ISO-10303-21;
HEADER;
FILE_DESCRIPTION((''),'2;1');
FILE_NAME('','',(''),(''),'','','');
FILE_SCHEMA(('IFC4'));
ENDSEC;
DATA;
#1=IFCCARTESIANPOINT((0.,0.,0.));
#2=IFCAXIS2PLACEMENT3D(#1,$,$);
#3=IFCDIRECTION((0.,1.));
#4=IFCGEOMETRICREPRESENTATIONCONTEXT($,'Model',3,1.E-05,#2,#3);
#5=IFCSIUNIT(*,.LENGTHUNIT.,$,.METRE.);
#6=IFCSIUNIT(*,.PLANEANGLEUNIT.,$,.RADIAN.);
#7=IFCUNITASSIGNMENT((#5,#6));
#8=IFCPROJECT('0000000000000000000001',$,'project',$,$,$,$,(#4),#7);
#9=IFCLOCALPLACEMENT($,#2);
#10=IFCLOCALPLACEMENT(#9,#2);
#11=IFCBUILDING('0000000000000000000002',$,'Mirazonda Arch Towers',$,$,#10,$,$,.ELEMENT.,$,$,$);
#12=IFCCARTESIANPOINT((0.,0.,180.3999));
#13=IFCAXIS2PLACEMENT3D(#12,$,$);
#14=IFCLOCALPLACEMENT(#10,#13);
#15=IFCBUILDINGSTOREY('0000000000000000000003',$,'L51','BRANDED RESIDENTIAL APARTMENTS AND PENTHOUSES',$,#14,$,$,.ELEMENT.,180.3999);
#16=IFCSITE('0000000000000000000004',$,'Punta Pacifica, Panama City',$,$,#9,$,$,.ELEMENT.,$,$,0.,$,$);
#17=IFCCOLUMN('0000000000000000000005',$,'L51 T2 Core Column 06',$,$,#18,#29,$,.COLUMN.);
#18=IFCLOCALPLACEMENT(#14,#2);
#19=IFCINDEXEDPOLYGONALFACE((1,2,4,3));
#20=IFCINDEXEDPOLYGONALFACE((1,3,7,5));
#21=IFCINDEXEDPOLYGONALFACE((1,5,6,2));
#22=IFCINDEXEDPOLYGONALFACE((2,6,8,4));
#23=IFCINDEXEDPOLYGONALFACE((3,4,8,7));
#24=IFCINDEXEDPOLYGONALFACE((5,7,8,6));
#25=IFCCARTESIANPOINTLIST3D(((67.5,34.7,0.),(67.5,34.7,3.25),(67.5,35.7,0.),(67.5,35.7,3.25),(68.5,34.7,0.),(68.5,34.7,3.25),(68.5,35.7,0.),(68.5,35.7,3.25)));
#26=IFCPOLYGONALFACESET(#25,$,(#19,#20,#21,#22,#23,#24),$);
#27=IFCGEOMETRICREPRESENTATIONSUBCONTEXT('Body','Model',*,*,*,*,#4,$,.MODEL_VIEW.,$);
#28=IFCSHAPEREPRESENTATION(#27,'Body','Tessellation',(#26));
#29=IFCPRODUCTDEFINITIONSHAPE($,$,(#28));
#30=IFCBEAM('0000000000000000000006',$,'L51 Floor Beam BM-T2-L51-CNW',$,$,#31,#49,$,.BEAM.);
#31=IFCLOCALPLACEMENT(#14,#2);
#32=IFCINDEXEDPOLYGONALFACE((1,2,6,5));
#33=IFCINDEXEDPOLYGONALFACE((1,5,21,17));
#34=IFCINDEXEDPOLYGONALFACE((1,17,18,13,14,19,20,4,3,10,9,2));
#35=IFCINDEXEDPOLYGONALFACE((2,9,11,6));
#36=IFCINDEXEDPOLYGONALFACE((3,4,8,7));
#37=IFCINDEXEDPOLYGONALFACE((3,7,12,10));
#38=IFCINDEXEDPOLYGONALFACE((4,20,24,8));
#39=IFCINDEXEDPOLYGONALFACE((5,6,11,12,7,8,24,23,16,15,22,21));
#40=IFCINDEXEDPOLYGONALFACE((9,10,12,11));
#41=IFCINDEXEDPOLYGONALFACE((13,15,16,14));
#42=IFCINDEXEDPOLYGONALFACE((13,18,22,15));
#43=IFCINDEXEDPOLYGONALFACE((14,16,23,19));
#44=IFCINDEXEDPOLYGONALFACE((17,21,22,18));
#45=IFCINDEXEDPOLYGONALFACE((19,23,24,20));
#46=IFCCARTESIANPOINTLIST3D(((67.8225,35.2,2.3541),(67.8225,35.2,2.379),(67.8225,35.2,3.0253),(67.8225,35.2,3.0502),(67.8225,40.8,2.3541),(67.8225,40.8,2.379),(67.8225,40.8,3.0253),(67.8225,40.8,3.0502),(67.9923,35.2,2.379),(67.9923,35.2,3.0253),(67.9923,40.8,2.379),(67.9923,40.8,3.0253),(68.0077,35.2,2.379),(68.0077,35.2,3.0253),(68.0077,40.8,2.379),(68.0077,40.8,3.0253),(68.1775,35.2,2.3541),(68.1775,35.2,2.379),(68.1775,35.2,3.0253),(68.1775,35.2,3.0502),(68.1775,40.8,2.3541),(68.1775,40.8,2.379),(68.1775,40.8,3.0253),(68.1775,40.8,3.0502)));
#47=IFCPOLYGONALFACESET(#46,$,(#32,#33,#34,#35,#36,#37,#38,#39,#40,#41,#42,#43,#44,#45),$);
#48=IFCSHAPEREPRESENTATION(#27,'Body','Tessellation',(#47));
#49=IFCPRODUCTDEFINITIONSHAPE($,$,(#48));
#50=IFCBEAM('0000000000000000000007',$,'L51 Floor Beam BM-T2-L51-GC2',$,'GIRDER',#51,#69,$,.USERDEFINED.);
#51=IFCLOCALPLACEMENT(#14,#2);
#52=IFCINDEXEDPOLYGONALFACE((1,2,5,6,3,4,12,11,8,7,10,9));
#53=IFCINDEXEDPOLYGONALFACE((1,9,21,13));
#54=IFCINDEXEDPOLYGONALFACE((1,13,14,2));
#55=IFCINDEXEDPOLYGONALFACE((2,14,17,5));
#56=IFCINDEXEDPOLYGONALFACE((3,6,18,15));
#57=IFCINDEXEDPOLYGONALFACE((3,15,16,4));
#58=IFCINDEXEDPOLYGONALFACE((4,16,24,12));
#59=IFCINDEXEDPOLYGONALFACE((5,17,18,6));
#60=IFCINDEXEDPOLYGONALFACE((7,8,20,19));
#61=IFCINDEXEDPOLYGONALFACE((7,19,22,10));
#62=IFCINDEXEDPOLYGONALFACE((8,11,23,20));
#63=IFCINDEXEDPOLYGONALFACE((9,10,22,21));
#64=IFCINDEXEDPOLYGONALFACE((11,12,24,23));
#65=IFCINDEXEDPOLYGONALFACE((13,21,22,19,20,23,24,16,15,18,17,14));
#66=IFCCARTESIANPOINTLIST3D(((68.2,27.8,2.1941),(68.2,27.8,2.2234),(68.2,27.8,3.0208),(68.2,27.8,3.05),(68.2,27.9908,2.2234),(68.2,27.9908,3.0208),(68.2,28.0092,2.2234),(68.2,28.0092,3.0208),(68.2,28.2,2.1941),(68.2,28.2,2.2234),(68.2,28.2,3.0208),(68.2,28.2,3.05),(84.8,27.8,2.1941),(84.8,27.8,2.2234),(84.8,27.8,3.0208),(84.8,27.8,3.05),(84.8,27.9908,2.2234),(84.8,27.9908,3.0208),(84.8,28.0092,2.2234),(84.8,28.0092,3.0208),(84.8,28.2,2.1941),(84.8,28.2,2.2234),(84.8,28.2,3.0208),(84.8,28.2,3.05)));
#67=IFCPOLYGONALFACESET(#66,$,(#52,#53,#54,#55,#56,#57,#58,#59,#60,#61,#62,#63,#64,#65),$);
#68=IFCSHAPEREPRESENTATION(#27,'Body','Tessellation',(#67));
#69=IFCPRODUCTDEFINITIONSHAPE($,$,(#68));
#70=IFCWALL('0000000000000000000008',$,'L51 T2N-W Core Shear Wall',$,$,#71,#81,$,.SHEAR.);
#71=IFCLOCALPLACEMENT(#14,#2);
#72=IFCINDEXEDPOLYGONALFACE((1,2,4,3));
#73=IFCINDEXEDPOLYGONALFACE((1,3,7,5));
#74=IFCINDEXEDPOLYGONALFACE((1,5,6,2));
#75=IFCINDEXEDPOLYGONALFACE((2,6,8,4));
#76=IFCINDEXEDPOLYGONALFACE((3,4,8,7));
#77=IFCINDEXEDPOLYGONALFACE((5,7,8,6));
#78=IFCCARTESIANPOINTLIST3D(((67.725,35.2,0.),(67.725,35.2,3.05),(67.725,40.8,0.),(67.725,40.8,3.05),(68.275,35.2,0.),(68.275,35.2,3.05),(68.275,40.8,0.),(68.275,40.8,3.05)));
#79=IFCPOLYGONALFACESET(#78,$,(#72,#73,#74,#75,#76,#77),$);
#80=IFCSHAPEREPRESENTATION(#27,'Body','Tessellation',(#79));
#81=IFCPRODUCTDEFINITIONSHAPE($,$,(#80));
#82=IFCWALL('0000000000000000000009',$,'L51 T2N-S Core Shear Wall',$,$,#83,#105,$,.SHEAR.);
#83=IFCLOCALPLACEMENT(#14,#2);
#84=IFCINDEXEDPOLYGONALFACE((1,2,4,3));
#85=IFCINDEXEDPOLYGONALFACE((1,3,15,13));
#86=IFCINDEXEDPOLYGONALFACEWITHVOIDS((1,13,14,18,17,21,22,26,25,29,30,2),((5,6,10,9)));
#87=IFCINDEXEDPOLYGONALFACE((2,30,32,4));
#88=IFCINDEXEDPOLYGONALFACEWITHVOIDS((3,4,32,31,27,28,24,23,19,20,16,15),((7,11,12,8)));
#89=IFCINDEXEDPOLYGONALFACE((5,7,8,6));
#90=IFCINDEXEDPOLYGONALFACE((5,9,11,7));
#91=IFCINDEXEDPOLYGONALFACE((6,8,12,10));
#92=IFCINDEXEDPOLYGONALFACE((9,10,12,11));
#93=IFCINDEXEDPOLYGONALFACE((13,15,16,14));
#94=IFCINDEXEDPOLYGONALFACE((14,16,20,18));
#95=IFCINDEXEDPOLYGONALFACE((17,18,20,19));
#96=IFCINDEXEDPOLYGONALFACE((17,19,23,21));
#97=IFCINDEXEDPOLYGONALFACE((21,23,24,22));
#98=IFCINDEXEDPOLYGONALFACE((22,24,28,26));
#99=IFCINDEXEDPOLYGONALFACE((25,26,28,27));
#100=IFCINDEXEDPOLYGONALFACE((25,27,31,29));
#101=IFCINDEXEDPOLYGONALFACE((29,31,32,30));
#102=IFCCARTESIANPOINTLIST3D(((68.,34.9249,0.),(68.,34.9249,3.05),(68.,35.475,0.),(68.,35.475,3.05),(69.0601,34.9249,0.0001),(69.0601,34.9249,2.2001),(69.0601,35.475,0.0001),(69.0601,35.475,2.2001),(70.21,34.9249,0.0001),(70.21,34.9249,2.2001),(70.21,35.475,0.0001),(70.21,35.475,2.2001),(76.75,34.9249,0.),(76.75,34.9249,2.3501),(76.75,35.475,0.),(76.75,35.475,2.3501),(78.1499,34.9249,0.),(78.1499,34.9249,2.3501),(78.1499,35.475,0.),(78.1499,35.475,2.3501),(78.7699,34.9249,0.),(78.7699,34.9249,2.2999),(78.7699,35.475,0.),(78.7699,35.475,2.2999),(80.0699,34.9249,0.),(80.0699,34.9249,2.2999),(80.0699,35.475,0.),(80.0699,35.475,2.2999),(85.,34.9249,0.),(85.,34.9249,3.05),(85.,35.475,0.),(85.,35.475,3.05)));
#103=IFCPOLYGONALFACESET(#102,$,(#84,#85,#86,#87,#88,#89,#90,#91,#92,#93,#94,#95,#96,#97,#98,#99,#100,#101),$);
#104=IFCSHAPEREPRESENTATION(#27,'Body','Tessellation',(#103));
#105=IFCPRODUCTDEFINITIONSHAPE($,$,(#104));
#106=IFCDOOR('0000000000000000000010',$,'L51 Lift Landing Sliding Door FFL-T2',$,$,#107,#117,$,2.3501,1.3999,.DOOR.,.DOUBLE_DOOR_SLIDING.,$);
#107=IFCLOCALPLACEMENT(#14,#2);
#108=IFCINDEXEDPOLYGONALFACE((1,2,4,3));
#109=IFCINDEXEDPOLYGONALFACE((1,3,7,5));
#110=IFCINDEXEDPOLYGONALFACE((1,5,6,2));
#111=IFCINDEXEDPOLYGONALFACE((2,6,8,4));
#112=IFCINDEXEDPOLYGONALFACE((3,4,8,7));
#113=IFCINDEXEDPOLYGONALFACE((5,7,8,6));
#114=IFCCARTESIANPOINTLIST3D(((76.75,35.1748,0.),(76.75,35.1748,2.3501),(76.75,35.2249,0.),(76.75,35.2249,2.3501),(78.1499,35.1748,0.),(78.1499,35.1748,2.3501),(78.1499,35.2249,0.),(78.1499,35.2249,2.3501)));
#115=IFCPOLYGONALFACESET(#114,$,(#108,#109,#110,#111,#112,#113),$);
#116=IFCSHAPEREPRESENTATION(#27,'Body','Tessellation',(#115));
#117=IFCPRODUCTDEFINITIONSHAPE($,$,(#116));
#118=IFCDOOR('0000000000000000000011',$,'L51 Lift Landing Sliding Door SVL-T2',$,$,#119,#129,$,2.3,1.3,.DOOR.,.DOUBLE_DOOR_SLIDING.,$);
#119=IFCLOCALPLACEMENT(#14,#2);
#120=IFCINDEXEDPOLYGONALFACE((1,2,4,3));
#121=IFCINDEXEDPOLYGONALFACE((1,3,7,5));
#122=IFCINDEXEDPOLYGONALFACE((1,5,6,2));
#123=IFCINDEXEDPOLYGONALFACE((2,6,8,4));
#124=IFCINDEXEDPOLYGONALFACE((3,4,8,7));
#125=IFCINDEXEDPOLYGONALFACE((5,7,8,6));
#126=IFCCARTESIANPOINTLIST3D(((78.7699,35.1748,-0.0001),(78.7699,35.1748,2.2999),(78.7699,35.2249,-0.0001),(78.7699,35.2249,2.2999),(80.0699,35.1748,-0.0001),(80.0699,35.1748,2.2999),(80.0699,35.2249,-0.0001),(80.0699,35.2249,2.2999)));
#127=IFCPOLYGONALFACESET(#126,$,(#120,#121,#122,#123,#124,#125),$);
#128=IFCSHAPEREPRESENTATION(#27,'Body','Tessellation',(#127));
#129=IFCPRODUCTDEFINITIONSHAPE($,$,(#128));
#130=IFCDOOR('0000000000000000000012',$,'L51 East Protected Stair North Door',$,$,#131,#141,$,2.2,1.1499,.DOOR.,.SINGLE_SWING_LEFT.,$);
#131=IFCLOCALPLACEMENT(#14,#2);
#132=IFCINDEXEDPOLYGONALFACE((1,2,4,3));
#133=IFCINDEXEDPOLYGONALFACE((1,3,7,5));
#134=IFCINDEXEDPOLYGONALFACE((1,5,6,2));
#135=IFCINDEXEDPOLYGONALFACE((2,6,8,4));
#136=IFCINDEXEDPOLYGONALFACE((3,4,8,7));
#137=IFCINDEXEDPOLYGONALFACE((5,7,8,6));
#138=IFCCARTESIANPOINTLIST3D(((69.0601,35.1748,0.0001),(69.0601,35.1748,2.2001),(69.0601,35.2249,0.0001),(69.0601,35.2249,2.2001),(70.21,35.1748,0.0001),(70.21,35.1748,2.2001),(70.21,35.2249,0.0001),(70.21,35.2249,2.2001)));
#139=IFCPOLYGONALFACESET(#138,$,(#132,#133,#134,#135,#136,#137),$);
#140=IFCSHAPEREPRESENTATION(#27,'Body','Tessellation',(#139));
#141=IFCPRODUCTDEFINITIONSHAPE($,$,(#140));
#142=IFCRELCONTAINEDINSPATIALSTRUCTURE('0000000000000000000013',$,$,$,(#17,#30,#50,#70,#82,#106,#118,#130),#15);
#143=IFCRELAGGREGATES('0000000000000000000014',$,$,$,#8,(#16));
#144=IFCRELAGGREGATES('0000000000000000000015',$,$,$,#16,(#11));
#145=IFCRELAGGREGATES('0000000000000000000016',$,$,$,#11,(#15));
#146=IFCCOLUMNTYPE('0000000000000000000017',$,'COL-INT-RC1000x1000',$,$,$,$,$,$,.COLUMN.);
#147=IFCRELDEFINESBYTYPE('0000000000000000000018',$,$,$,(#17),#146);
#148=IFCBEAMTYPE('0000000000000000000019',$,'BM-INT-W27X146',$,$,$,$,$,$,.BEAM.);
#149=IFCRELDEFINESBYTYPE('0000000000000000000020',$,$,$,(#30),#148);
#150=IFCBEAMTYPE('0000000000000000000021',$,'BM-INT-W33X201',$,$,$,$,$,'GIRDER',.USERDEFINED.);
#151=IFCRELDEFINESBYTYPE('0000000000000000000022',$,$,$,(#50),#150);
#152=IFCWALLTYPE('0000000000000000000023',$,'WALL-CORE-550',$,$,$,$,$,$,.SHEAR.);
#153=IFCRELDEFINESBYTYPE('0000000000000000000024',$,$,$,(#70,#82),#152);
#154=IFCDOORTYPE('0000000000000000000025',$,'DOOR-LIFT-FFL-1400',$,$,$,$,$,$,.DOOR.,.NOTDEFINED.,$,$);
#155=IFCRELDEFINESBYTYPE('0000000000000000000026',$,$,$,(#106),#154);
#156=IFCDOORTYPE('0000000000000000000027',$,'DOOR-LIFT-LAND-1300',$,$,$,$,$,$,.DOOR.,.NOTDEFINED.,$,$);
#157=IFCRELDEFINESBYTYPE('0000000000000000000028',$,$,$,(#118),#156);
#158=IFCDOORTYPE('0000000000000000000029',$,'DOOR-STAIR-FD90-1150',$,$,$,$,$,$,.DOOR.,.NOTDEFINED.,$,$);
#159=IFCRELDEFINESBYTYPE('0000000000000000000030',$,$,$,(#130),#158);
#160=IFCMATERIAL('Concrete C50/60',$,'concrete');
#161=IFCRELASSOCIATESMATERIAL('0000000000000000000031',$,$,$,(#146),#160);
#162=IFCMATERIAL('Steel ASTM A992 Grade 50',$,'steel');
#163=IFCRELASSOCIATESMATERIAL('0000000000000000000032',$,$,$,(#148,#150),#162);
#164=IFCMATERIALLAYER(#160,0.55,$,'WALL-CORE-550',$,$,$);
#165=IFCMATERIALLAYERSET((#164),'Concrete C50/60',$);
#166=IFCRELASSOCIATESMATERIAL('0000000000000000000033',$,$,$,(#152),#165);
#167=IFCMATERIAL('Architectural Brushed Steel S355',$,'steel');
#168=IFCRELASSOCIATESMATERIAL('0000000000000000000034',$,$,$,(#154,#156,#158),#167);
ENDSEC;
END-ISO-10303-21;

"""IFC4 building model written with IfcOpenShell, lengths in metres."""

from ifc_helpers import new_model, si_unit, direction, frame, frame_2d, origin, origin_2d, place, context, subcontext, project, spatial, rectangle, i_section, extrude, material, layer, layer_set, material_profile, profile_set, type_object, element, fill, save


model = new_model("IFC4")

# Units and contexts
model_context = context("Model", 3, precision=1e-05, world=origin(), true_north=direction((0.0, 1.0)))
body_context = subcontext(model_context, "Body", "Model", "MODEL_VIEW")
ifc_project = project(units=[si_unit("LENGTHUNIT", "METRE"), si_unit("PLANEANGLEUNIT", "RADIAN")], contexts=[model_context])

# Site, building, storey
site_placement = place(None, origin())
site = spatial("IfcSite", under=ifc_project, at=site_placement, Name="Punta Pacifica, Panama City", CompositionType="ELEMENT", RefElevation=0.0)
building_placement = place(site_placement, origin())
building = spatial("IfcBuilding", under=site, at=building_placement, Name="Mirazonda Arch Towers", CompositionType="ELEMENT")
storey_placement = place(building_placement, frame((0.0, 0.0, 180.3999)))
storey = spatial("IfcBuildingStorey", under=building, at=storey_placement, Name="L51", Description="BRANDED RESIDENTIAL APARTMENTS AND PENTHOUSES", CompositionType="ELEMENT", Elevation=180.3999)

# Column
ifc_material_1 = material(Name="Concrete C50/60", Category="concrete")
ifc_material_profile_1 = material_profile(ifc_material_1, rectangle(XDim=1.0, YDim=1.0, at=origin_2d()), Name="RC1000x1000")
ifc_profile_set_1 = profile_set([ifc_material_profile_1], Name="Concrete C50/60")
column_type = type_object("IfcColumnType", Name="COL-INT-RC1000x1000", PredefinedType="COLUMN", material=ifc_profile_set_1)
column_placement = place(storey_placement, frame((68.0, 35.2, 0.0), z_axis=(0.0, 0.0, 1.0), x_axis=(1.0, 0.0, 0.0)))
element("IfcColumn", 1, at=column_placement, inside=storey, type_object=column_type, Name="L51 T2 Core Column 06", PredefinedType="COLUMN", context=body_context, shape_type="SweptSolid", body=[
    extrude(rectangle(XDim=1.0, YDim=1.0, at=origin_2d()), origin(), (0.0, 0.0, 1.0), 3.25),
])

# Beams
ifc_material_2 = material(Name="Steel ASTM A992 Grade 50", Category="steel")
ifc_material_profile_2 = material_profile(ifc_material_2, i_section(OverallWidth=0.355, OverallDepth=0.696, WebThickness=0.0154, FlangeThickness=0.0249, at=origin_2d()), Name="W27X146")
ifc_profile_set_2 = profile_set([ifc_material_profile_2], Name="Steel ASTM A992 Grade 50")
beam_type_1 = type_object("IfcBeamType", Name="BM-INT-W27X146", PredefinedType="BEAM", material=ifc_profile_set_2)
beam_1_placement = place(storey_placement, frame((68.0, 35.2, 2.7021), z_axis=(0.0, 1.0, 0.0), x_axis=(-1.0, 0.0, 0.0)))
element("IfcBeam", 2, at=beam_1_placement, inside=storey, type_object=beam_type_1, Name="L51 Floor Beam BM-T2-L51-CNW", PredefinedType="BEAM", context=body_context, shape_type="SweptSolid", body=[
    extrude(i_section(OverallWidth=0.355, OverallDepth=0.696, WebThickness=0.0154, FlangeThickness=0.0249, at=origin_2d()), origin(), (0.0, 0.0, 1.0), 5.6001),
])
ifc_material_profile_3 = material_profile(ifc_material_2, i_section(OverallWidth=0.3999, OverallDepth=0.856, WebThickness=0.0183, FlangeThickness=0.0293, at=origin_2d()), Name="W33X201")
ifc_profile_set_3 = profile_set([ifc_material_profile_3], Name="Steel ASTM A992 Grade 50")
beam_type_2 = type_object("IfcBeamType", Name="BM-INT-W33X201", ElementType="GIRDER", PredefinedType="USERDEFINED", material=ifc_profile_set_3)
beam_2_placement = place(storey_placement, frame((68.2, 28.0, 2.6221), z_axis=(1.0, 0.0, 0.0), x_axis=(0.0, 1.0, 0.0)))
element("IfcBeam", 3, at=beam_2_placement, inside=storey, type_object=beam_type_2, Name="L51 Floor Beam BM-T2-L51-GC2", ObjectType="GIRDER", PredefinedType="USERDEFINED", context=body_context, shape_type="SweptSolid", body=[
    extrude(i_section(OverallWidth=0.3999, OverallDepth=0.856, WebThickness=0.0183, FlangeThickness=0.0293, at=origin_2d()), origin(), (0.0, 0.0, 1.0), 16.6001),
])

# Wall
ifc_layer_1 = layer(ifc_material_1, 0.55, Name="WALL-CORE-550")
ifc_layer_set_1 = layer_set([ifc_layer_1], Name="Concrete C50/60")
wall_type_1 = type_object("IfcWallType", Name="WALL-CORE-550", PredefinedType="SHEAR", material=ifc_layer_set_1)
wall_1_placement = place(storey_placement, frame((68.0, 35.2, 0.0), z_axis=(0.0, 0.0, 1.0), x_axis=(0.0, 1.0, 0.0)))
element("IfcWall", 4, at=wall_1_placement, inside=storey, type_object=wall_type_1, Name="L51 T2N-W Core Shear Wall", PredefinedType="SHEAR", context=body_context, shape_type="SweptSolid", body=[
    extrude(rectangle(XDim=5.6001, YDim=0.55, at=frame_2d((2.8, 0.0))), origin(), (0.0, 0.0, 1.0), 3.05),
])

# Wall, openings, doors
wall_2_placement = place(storey_placement, frame((68.0, 35.2, 0.0), z_axis=(0.0, 0.0, 1.0), x_axis=(1.0, 0.0, 0.0)))
wall_2 = element("IfcWall", 5, at=wall_2_placement, inside=storey, type_object=wall_type_1, Name="L51 T2N-S Core Shear Wall", PredefinedType="SHEAR", context=body_context, shape_type="SweptSolid", body=[
    extrude(rectangle(XDim=17.0, YDim=0.55, at=frame_2d((8.5, 0.0))), origin(), (0.0, 0.0, 1.0), 3.05),
])
opening_1_placement = place(wall_2_placement, frame((1.0601, 0.0, 0.0)))
opening_1 = element("IfcOpeningElement", 6, at=opening_1_placement, cuts=wall_2, PredefinedType="OPENING", context=body_context, shape_type="SweptSolid", body=[
    extrude(rectangle(XDim=1.1499, YDim=2.2, at=frame_2d((0.575, 1.1001))), frame((0.0, 0.2849, 0.0), z_axis=(0.0, -1.0, 0.0), x_axis=(1.0, 0.0, 0.0)), (0.0, 0.0, 1.0), 0.5701),
])
opening_2_placement = place(wall_2_placement, frame((8.75, 0.0, 0.0)))
opening_2 = element("IfcOpeningElement", 7, at=opening_2_placement, cuts=wall_2, PredefinedType="OPENING", context=body_context, shape_type="SweptSolid", body=[
    extrude(rectangle(XDim=1.3999, YDim=2.3501, at=frame_2d((0.7, 1.175))), frame((0.0, 0.2849, 0.0), z_axis=(0.0, -1.0, 0.0), x_axis=(1.0, 0.0, 0.0)), (0.0, 0.0, 1.0), 0.5701),
])
opening_3_placement = place(wall_2_placement, frame((10.77, 0.0, 0.0)))
opening_3 = element("IfcOpeningElement", 8, at=opening_3_placement, cuts=wall_2, PredefinedType="OPENING", context=body_context, shape_type="SweptSolid", body=[
    extrude(rectangle(XDim=1.3, YDim=2.3, at=frame_2d((0.6499, 1.1499))), frame((0.0, 0.2849, 0.0), z_axis=(0.0, -1.0, 0.0), x_axis=(1.0, 0.0, 0.0)), (0.0, 0.0, 1.0), 0.5701),
])
ifc_material_3 = material(Name="Architectural Brushed Steel S355", Category="steel")
door_type_1 = type_object("IfcDoorType", Name="DOOR-LIFT-FFL-1400", OperationType="NOTDEFINED", PredefinedType="DOOR", material=ifc_material_3)
door_1_placement = place(opening_2_placement, origin())
door_1 = element("IfcDoor", 9, at=door_1_placement, inside=storey, type_object=door_type_1, Name="L51 Lift Landing Sliding Door FFL-T2", OperationType="DOUBLE_DOOR_SLIDING", OverallHeight=2.3501, OverallWidth=1.3999, PredefinedType="DOOR", context=body_context, shape_type="SweptSolid", body=[
    extrude(rectangle(XDim=1.3999, YDim=2.3501, at=frame_2d((0.7, 1.175))), frame((0.0, 0.0249, 0.0), z_axis=(0.0, -1.0, 0.0), x_axis=(1.0, 0.0, 0.0)), (0.0, 0.0, 1.0), 0.05),
])
fill(opening_2, door_1)
door_type_2 = type_object("IfcDoorType", Name="DOOR-LIFT-LAND-1300", OperationType="NOTDEFINED", PredefinedType="DOOR", material=ifc_material_3)
door_2_placement = place(opening_3_placement, origin())
door_2 = element("IfcDoor", 10, at=door_2_placement, inside=storey, type_object=door_type_2, Name="L51 Lift Landing Sliding Door SVL-T2", OperationType="DOUBLE_DOOR_SLIDING", OverallHeight=2.3, OverallWidth=1.3, PredefinedType="DOOR", context=body_context, shape_type="SweptSolid", body=[
    extrude(rectangle(XDim=1.3, YDim=2.3, at=frame_2d((0.6499, 1.1499))), frame((0.0, 0.0249, 0.0), z_axis=(0.0, -1.0, 0.0), x_axis=(1.0, 0.0, 0.0)), (0.0, 0.0, 1.0), 0.05),
])
fill(opening_3, door_2)
door_type_3 = type_object("IfcDoorType", Name="DOOR-STAIR-FD90-1150", OperationType="NOTDEFINED", PredefinedType="DOOR", material=ifc_material_3)
door_3_placement = place(opening_1_placement, origin())
door_3 = element("IfcDoor", 11, at=door_3_placement, inside=storey, type_object=door_type_3, Name="L51 East Protected Stair North Door", OperationType="SINGLE_SWING_LEFT", OverallHeight=2.2, OverallWidth=1.1499, PredefinedType="DOOR", context=body_context, shape_type="SweptSolid", body=[
    extrude(rectangle(XDim=1.1499, YDim=2.2, at=frame_2d((0.575, 1.1001))), frame((0.0, 0.0249, 0.0), z_axis=(0.0, -1.0, 0.0), x_axis=(1.0, 0.0, 0.0)), (0.0, 0.0, 1.0), 0.05),
])
fill(opening_1, door_3)

save(model, "model.ifc")
